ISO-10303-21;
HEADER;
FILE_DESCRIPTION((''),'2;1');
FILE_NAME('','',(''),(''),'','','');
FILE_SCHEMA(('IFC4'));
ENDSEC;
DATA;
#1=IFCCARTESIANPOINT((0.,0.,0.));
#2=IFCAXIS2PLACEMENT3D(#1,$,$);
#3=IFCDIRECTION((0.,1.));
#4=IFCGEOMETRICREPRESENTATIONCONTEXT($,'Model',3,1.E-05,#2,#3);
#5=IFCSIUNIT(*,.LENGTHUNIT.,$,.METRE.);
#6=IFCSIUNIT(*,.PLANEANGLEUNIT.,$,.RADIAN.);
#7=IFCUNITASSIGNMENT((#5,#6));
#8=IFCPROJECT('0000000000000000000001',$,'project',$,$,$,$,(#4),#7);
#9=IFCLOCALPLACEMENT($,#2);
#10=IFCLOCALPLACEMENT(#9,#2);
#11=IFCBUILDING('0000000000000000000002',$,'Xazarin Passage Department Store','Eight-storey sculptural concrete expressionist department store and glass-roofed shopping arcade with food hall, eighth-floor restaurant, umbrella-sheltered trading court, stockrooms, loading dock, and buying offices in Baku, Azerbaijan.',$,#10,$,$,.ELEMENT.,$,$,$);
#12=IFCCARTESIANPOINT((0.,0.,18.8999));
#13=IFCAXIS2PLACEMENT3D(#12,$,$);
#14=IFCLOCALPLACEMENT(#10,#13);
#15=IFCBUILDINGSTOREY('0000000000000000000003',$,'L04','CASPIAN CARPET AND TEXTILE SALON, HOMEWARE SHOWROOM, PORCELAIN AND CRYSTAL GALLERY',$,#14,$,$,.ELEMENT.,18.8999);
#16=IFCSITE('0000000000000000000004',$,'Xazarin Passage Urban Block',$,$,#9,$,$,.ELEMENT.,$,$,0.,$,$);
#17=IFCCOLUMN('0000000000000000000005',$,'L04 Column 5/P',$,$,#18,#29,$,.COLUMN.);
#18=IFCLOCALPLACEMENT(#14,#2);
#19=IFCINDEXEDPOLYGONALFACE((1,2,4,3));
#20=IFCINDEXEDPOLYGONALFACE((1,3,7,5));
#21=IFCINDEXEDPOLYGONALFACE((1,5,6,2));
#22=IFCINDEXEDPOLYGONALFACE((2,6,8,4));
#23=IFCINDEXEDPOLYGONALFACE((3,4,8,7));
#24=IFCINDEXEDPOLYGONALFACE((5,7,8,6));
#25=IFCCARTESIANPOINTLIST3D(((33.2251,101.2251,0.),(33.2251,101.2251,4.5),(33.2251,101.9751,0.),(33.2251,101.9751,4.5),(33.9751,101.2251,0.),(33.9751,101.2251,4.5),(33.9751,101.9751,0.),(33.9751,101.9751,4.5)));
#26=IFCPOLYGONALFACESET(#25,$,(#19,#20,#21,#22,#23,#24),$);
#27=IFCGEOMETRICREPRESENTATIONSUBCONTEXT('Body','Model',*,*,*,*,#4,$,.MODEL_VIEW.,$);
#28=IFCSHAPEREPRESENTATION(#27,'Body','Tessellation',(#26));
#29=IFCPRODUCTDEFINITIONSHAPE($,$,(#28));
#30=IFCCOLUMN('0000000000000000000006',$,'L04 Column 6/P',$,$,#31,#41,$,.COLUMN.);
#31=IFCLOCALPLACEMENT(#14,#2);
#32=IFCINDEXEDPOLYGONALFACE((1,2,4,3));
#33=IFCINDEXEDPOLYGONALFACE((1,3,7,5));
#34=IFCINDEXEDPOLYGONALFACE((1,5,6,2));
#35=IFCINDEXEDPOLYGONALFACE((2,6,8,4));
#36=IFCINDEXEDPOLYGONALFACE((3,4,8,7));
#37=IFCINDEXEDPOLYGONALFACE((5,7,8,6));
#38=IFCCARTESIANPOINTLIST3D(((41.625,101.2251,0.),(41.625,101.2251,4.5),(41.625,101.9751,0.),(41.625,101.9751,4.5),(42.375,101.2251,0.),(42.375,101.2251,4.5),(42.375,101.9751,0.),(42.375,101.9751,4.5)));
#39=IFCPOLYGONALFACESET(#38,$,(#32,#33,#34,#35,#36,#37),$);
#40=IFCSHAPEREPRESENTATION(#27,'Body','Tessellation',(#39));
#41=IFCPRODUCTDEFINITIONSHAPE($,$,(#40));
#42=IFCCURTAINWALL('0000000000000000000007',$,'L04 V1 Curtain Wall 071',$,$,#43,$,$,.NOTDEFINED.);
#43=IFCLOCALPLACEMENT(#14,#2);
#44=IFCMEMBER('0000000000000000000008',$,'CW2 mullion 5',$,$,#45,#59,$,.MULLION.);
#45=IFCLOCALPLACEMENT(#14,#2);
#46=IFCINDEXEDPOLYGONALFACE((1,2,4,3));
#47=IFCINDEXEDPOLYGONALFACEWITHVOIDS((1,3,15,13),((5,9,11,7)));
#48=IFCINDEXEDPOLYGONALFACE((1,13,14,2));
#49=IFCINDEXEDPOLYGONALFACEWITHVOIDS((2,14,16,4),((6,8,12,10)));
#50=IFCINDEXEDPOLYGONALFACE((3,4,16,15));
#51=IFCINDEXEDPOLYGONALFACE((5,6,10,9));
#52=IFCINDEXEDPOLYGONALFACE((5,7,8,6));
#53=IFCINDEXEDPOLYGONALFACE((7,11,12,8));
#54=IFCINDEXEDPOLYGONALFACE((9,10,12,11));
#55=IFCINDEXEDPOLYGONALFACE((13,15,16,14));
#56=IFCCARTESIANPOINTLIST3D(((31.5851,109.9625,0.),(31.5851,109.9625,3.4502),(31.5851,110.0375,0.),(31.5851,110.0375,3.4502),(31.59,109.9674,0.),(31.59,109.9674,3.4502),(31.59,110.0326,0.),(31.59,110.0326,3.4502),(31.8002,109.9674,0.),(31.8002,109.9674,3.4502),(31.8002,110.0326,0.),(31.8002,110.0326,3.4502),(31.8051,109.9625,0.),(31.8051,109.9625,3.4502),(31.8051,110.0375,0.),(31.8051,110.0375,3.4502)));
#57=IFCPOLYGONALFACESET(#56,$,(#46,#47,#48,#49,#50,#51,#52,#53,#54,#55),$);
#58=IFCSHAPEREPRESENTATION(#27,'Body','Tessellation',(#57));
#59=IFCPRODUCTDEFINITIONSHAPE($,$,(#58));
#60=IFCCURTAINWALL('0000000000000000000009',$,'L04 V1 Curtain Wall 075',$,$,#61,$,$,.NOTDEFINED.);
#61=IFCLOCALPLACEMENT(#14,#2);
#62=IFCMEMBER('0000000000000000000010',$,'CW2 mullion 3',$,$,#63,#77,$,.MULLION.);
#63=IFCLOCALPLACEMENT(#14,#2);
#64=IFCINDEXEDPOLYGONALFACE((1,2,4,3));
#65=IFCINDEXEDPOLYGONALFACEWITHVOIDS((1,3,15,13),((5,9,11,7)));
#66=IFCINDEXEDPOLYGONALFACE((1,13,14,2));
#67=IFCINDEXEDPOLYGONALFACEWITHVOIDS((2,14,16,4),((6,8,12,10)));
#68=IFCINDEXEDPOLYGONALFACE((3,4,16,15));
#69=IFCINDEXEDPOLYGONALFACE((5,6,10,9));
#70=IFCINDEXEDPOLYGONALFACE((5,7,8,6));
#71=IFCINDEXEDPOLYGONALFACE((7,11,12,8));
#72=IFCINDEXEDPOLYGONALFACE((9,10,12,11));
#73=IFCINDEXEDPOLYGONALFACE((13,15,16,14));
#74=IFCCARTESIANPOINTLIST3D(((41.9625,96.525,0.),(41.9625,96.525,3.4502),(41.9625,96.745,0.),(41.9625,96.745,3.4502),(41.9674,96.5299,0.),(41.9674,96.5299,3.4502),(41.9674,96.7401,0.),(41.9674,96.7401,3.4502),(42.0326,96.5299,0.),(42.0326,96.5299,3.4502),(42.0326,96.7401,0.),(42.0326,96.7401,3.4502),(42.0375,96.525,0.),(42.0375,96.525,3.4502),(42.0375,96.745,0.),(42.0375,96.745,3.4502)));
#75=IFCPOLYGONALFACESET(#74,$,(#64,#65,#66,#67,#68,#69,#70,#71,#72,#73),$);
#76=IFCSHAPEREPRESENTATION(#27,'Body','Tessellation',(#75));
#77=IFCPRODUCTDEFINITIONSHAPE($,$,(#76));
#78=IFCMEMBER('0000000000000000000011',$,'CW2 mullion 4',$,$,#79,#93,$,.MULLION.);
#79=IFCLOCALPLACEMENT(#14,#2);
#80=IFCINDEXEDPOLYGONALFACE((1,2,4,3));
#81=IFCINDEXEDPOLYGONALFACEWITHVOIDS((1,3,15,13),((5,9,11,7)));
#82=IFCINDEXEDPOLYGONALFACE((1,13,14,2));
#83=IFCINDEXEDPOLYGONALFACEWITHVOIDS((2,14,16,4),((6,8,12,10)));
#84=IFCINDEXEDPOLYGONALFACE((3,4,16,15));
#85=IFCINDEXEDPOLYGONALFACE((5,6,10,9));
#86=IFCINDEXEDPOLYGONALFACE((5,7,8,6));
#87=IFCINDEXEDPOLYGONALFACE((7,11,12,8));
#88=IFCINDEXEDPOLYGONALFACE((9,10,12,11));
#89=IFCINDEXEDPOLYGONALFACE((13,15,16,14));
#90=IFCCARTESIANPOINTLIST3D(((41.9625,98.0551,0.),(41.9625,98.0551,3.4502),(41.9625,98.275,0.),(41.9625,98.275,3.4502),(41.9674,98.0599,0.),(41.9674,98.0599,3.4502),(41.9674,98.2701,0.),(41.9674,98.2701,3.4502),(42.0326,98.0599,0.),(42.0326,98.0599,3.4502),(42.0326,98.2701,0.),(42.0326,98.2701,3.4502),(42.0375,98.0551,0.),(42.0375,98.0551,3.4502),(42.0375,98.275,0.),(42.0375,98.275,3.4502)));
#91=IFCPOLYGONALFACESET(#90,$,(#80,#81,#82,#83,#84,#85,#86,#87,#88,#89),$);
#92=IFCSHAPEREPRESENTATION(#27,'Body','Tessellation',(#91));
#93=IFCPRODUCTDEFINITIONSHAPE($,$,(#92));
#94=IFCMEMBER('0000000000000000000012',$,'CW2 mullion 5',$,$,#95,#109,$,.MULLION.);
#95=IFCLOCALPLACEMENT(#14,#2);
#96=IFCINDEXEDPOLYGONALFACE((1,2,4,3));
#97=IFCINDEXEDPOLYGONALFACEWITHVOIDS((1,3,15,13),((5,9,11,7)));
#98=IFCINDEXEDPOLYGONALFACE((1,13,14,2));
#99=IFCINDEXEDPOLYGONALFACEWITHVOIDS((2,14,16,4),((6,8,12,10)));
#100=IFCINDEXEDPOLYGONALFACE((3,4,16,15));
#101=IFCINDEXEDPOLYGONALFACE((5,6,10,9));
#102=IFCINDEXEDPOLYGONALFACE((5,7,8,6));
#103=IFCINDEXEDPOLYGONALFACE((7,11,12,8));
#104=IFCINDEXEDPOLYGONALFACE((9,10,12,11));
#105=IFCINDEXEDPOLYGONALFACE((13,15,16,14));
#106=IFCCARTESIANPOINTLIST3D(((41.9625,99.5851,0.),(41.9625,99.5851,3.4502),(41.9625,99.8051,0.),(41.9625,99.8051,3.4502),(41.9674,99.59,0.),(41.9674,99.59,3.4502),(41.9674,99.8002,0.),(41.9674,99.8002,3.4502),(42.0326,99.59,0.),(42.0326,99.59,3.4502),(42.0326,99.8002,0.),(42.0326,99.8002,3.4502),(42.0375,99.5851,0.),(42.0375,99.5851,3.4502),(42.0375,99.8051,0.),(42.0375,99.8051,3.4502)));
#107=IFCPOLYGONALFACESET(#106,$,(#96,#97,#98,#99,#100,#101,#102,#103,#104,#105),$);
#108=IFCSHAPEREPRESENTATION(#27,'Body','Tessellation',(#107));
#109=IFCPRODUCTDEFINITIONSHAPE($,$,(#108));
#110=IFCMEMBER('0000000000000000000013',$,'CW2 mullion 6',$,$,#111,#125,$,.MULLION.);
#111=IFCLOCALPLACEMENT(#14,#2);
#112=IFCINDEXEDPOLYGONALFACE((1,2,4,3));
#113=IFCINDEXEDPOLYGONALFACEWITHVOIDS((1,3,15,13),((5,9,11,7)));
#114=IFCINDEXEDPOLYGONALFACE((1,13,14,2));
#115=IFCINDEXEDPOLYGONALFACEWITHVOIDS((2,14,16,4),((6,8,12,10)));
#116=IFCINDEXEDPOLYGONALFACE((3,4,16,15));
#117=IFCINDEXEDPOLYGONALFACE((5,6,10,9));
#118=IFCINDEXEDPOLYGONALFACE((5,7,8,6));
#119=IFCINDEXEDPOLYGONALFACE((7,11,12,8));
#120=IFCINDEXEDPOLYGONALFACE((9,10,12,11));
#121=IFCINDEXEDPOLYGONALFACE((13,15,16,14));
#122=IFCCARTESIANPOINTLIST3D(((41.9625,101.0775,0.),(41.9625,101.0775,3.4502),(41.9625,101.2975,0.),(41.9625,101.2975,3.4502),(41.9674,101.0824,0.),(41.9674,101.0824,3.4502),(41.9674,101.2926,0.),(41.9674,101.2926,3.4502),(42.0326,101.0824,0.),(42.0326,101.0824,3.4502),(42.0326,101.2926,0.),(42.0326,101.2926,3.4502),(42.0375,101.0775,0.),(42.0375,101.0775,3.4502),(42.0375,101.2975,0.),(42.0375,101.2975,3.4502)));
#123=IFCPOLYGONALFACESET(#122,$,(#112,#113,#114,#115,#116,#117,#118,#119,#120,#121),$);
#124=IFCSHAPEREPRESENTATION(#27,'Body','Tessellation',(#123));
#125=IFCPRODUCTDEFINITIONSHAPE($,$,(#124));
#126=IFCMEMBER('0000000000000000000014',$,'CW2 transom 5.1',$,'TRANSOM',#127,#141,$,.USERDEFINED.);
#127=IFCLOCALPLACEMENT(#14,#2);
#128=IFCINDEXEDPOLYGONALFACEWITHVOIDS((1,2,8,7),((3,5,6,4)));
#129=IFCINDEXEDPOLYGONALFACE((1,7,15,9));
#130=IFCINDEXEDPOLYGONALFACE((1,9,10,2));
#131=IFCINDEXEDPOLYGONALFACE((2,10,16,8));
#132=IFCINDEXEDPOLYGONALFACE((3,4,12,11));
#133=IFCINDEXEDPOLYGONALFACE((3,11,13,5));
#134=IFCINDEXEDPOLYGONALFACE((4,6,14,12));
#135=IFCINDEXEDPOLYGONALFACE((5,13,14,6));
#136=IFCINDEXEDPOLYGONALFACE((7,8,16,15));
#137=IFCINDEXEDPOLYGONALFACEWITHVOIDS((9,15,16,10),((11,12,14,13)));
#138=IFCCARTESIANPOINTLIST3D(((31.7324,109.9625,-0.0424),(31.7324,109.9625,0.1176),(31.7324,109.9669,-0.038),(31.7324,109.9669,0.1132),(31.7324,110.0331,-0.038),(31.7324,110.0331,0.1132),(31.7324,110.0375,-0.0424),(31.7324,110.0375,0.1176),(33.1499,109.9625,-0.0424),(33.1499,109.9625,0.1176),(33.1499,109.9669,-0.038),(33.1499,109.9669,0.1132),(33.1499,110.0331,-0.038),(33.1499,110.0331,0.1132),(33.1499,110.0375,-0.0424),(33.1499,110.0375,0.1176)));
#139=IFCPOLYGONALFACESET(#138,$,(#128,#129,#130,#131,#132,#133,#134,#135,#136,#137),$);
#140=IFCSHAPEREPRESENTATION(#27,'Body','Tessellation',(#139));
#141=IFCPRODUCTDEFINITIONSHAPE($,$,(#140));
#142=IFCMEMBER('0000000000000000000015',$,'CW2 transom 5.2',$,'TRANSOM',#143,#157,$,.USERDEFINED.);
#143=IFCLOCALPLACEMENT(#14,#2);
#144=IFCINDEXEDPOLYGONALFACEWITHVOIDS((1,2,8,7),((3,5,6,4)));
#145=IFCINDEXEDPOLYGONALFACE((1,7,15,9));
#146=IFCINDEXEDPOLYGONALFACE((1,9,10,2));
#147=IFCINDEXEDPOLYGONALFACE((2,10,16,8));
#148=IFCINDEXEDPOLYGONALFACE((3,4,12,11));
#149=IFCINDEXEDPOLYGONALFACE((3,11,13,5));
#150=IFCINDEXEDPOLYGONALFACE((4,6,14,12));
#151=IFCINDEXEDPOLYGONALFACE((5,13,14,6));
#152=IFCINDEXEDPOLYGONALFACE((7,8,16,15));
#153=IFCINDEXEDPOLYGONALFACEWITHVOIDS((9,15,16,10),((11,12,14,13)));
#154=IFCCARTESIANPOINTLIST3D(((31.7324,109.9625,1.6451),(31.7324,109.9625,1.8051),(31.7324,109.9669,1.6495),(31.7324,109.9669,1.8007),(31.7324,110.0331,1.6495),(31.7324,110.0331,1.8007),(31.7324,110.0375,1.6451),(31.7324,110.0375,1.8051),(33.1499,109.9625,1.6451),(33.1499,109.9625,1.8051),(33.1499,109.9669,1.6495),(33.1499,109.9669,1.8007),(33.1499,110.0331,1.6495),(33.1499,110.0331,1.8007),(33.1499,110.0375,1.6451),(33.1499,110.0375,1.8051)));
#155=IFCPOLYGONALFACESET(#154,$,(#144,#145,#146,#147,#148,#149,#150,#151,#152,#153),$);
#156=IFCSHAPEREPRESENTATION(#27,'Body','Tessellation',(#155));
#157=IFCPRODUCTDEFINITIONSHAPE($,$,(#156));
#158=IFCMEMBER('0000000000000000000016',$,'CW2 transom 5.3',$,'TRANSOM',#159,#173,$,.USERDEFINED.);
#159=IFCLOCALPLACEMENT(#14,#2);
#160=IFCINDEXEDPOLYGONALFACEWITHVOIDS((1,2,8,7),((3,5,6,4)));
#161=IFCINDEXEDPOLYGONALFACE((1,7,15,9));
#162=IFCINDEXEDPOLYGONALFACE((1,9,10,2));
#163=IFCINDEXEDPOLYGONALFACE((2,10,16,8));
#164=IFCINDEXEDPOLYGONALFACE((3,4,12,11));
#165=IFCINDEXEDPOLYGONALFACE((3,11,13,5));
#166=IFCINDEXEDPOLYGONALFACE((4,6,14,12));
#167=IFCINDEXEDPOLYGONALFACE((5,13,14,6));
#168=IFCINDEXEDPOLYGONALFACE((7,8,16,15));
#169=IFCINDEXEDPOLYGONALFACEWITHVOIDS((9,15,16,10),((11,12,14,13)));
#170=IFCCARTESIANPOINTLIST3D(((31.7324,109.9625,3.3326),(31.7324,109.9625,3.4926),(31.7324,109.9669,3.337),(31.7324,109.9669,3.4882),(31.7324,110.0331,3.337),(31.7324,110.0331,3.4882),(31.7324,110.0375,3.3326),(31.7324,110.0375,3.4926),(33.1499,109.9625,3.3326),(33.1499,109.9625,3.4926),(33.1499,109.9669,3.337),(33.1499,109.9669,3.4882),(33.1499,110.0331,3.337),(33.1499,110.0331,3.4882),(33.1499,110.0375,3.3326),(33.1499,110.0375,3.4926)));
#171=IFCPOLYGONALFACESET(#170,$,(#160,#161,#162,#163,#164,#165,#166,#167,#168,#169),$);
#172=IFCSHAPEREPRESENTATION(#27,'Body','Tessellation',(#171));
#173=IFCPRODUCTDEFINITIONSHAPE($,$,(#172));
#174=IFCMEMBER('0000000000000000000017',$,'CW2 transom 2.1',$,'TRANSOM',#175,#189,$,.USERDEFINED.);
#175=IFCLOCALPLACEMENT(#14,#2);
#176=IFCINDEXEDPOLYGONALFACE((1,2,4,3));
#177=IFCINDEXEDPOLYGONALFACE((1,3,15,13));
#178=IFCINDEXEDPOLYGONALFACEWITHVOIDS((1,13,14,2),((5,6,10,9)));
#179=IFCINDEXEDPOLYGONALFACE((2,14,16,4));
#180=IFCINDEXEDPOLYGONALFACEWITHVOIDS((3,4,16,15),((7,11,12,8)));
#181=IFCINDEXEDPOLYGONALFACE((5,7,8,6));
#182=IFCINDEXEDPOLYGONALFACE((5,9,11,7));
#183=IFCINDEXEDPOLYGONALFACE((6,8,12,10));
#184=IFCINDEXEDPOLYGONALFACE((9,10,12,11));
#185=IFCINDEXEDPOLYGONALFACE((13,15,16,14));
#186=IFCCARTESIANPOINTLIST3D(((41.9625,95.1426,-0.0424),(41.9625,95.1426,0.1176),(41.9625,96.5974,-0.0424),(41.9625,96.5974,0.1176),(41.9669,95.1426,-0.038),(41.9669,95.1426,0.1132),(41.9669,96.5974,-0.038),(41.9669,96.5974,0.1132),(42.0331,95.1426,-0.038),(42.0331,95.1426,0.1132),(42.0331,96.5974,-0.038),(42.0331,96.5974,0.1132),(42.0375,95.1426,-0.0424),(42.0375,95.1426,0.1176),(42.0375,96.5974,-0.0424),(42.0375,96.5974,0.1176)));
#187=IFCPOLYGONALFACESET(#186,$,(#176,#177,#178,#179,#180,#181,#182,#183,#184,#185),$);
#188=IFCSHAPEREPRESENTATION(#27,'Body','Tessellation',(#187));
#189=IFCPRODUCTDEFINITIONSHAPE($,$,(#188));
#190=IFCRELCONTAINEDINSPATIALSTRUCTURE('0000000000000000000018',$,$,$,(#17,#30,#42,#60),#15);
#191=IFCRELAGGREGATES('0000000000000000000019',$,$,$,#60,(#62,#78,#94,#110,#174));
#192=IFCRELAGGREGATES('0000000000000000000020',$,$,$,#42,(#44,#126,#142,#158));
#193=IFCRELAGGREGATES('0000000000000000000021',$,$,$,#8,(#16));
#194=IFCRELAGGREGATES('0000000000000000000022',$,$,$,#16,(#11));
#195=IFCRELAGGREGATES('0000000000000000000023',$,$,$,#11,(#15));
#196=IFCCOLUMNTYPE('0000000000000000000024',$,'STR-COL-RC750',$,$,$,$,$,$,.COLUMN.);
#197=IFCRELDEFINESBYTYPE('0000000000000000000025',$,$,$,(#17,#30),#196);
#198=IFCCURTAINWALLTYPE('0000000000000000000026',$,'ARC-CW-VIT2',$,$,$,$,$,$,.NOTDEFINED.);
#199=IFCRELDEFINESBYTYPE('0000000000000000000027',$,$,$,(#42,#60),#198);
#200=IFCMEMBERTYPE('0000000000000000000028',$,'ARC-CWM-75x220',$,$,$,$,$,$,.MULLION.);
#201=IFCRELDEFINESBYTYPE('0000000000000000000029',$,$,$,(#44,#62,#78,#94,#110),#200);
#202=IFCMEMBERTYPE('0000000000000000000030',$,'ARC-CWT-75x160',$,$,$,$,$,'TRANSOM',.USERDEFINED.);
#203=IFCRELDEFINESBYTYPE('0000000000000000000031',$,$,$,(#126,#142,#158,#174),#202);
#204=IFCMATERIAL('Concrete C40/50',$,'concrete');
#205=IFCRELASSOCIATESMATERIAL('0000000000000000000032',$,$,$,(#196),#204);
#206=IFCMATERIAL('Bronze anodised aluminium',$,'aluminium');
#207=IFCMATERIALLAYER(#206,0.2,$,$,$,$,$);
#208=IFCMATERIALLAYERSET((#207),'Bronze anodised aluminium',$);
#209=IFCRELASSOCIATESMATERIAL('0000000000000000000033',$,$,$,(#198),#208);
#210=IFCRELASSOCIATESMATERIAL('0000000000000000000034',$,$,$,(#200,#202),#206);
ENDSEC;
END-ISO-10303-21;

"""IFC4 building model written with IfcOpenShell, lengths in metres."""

from ifc_helpers import new_model, si_unit, direction, frame, origin, origin_2d, place, context, subcontext, project, spatial, rectangle, hollow_rectangle, extrude, material, layer, layer_set, material_profile, profile_set, type_object, element, aggregate, save


model = new_model("IFC4")

# Units and contexts
model_context = context("Model", 3, precision=1e-05, world=origin(), true_north=direction((0.0, 1.0)))
body_context = subcontext(model_context, "Body", "Model", "MODEL_VIEW")
ifc_project = project(units=[si_unit("LENGTHUNIT", "METRE"), si_unit("PLANEANGLEUNIT", "RADIAN")], contexts=[model_context])

# Site, building, storey
site_placement = place(None, origin())
site = spatial("IfcSite", under=ifc_project, at=site_placement, Name="Xazarin Passage Urban Block", CompositionType="ELEMENT", RefElevation=0.0)
building_placement = place(site_placement, origin())
building = spatial("IfcBuilding", under=site, at=building_placement, Name="Xazarin Passage Department Store", Description="Eight-storey sculptural concrete expressionist department store and glass-roofed shopping arcade with food hall, eighth-floor restaurant, umbrella-sheltered trading court, stockrooms, loading dock, and buying offices in Baku, Azerbaijan.", CompositionType="ELEMENT")
storey_placement = place(building_placement, frame((0.0, 0.0, 18.8999)))
storey = spatial("IfcBuildingStorey", under=building, at=storey_placement, Name="L04", Description="CASPIAN CARPET AND TEXTILE SALON, HOMEWARE SHOWROOM, PORCELAIN AND CRYSTAL GALLERY", CompositionType="ELEMENT", Elevation=18.8999)

# Columns
ifc_material_1 = material(Name="Concrete C40/50", Category="concrete")
ifc_material_profile_1 = material_profile(ifc_material_1, rectangle(XDim=0.75, YDim=0.75, at=origin_2d()), Name="RC 750x750")
ifc_profile_set_1 = profile_set([ifc_material_profile_1], Name="Concrete C40/50")
column_type = type_object("IfcColumnType", Name="STR-COL-RC750", PredefinedType="COLUMN", material=ifc_profile_set_1)
for number, where, z_axis, x_axis, name in (
    (1, (33.6001, 101.6001, 0.0), (0.0, 0.0, 1.0), (1.0, 0.0, 0.0), "L04 Column 5/P"),
    (2, (42.0, 101.6001, 0.0), (0.0, 0.0, 1.0), (1.0, 0.0, 0.0), "L04 Column 6/P"),
):
    element("IfcColumn", number, at=place(storey_placement, frame(where, z_axis=z_axis, x_axis=x_axis)), inside=storey, type_object=column_type, Name=name, PredefinedType="COLUMN", context=body_context, shape_type="SweptSolid", body=[
        extrude(rectangle(XDim=0.75, YDim=0.75, at=origin_2d()), origin(), (0.0, 0.0, 1.0), 4.5),
    ])

# Curtain wall, member
ifc_material_2 = material(Name="Bronze anodised aluminium", Category="aluminium")
ifc_layer_1 = layer(ifc_material_2, 0.2)
ifc_layer_set_1 = layer_set([ifc_layer_1], Name="Bronze anodised aluminium")
curtain_wall_type = type_object("IfcCurtainWallType", Name="ARC-CW-VIT2", PredefinedType="NOTDEFINED", material=ifc_layer_set_1)
curtain_wall_1_placement = place(storey_placement, origin())
curtain_wall_1 = element("IfcCurtainWall", 3, at=curtain_wall_1_placement, inside=storey, type_object=curtain_wall_type, Name="L04 V1 Curtain Wall 071", PredefinedType="NOTDEFINED")
ifc_material_profile_2 = material_profile(ifc_material_2, hollow_rectangle(XDim=0.075, YDim=0.22, WallThickness=0.0049, at=origin_2d()), Name="ALU 75x220")
ifc_profile_set_2 = profile_set([ifc_material_profile_2], Name="Bronze anodised aluminium")
member_type_1 = type_object("IfcMemberType", Name="ARC-CWM-75x220", PredefinedType="MULLION", material=ifc_profile_set_2)
member_1_placement = place(storey_placement, frame((31.6951, 110.0, 0.0), z_axis=(0.0, 0.0, 1.0), x_axis=(0.0, 1.0, 0.0)))
member_1 = element("IfcMember", 4, at=member_1_placement, type_object=member_type_1, Name="CW2 mullion 5", PredefinedType="MULLION", context=body_context, shape_type="SweptSolid", body=[
    extrude(hollow_rectangle(XDim=0.075, YDim=0.22, WallThickness=0.0049, at=origin_2d()), origin(), (0.0, 0.0, 1.0), 3.4502),
])

# Curtain wall, members
curtain_wall_2_placement = place(storey_placement, origin())
curtain_wall_2 = element("IfcCurtainWall", 5, at=curtain_wall_2_placement, inside=storey, type_object=curtain_wall_type, Name="L04 V1 Curtain Wall 075", PredefinedType="NOTDEFINED")
member_2_placement = place(storey_placement, frame((42.0, 96.635, 0.0), z_axis=(0.0, 0.0, 1.0), x_axis=(-1.0, 0.0, 0.0)))
member_2 = element("IfcMember", 6, at=member_2_placement, type_object=member_type_1, Name="CW2 mullion 3", PredefinedType="MULLION", context=body_context, shape_type="SweptSolid", body=[
    extrude(hollow_rectangle(XDim=0.075, YDim=0.22, WallThickness=0.0049, at=origin_2d()), origin(), (0.0, 0.0, 1.0), 3.4502),
])
member_3_placement = place(storey_placement, frame((42.0, 98.165, 0.0), z_axis=(0.0, 0.0, 1.0), x_axis=(-1.0, 0.0, 0.0)))
member_3 = element("IfcMember", 7, at=member_3_placement, type_object=member_type_1, Name="CW2 mullion 4", PredefinedType="MULLION", context=body_context, shape_type="SweptSolid", body=[
    extrude(hollow_rectangle(XDim=0.075, YDim=0.22, WallThickness=0.0049, at=origin_2d()), origin(), (0.0, 0.0, 1.0), 3.4502),
])
member_4_placement = place(storey_placement, frame((42.0, 99.6951, 0.0), z_axis=(0.0, 0.0, 1.0), x_axis=(-1.0, 0.0, 0.0)))
member_4 = element("IfcMember", 8, at=member_4_placement, type_object=member_type_1, Name="CW2 mullion 5", PredefinedType="MULLION", context=body_context, shape_type="SweptSolid", body=[
    extrude(hollow_rectangle(XDim=0.075, YDim=0.22, WallThickness=0.0049, at=origin_2d()), origin(), (0.0, 0.0, 1.0), 3.4502),
])
member_5_placement = place(storey_placement, frame((42.0, 101.1875, 0.0), z_axis=(0.0, 0.0, 1.0), x_axis=(-1.0, 0.0, 0.0)))
member_5 = element("IfcMember", 9, at=member_5_placement, type_object=member_type_1, Name="CW2 mullion 6", PredefinedType="MULLION", context=body_context, shape_type="SweptSolid", body=[
    extrude(hollow_rectangle(XDim=0.075, YDim=0.22, WallThickness=0.0049, at=origin_2d()), origin(), (0.0, 0.0, 1.0), 3.4502),
])

# Members
ifc_material_profile_3 = material_profile(ifc_material_2, hollow_rectangle(XDim=0.075, YDim=0.1599, WallThickness=0.0044, at=origin_2d()), Name="ALU 75x160")
ifc_profile_set_3 = profile_set([ifc_material_profile_3], Name="Bronze anodised aluminium")
member_type_2 = type_object("IfcMemberType", Name="ARC-CWT-75x160", ElementType="TRANSOM", PredefinedType="USERDEFINED", material=ifc_profile_set_3)
member_6_placement = place(storey_placement, frame((31.7324, 110.0, 0.0376), z_axis=(1.0, 0.0, 0.0), x_axis=(0.0, 1.0, 0.0)))
member_6 = element("IfcMember", 10, at=member_6_placement, type_object=member_type_2, Name="CW2 transom 5.1", ObjectType="TRANSOM", PredefinedType="USERDEFINED", context=body_context, shape_type="SweptSolid", body=[
    extrude(hollow_rectangle(XDim=0.075, YDim=0.1599, WallThickness=0.0044, at=origin_2d()), origin(), (0.0, 0.0, 1.0), 1.4175),
])
member_7_placement = place(storey_placement, frame((31.7324, 110.0, 1.7251), z_axis=(1.0, 0.0, 0.0), x_axis=(0.0, 1.0, 0.0)))
member_7 = element("IfcMember", 11, at=member_7_placement, type_object=member_type_2, Name="CW2 transom 5.2", ObjectType="TRANSOM", PredefinedType="USERDEFINED", context=body_context, shape_type="SweptSolid", body=[
    extrude(hollow_rectangle(XDim=0.075, YDim=0.1599, WallThickness=0.0044, at=origin_2d()), origin(), (0.0, 0.0, 1.0), 1.4175),
])
member_8_placement = place(storey_placement, frame((31.7324, 110.0, 3.4126), z_axis=(1.0, 0.0, 0.0), x_axis=(0.0, 1.0, 0.0)))
member_8 = element("IfcMember", 12, at=member_8_placement, type_object=member_type_2, Name="CW2 transom 5.3", ObjectType="TRANSOM", PredefinedType="USERDEFINED", context=body_context, shape_type="SweptSolid", body=[
    extrude(hollow_rectangle(XDim=0.075, YDim=0.1599, WallThickness=0.0044, at=origin_2d()), origin(), (0.0, 0.0, 1.0), 1.4175),
])
member_9_placement = place(storey_placement, frame((42.0, 95.1426, 0.0376), z_axis=(0.0, 1.0, 0.0), x_axis=(-1.0, 0.0, 0.0)))
member_9 = element("IfcMember", 13, at=member_9_placement, type_object=member_type_2, Name="CW2 transom 2.1", ObjectType="TRANSOM", PredefinedType="USERDEFINED", context=body_context, shape_type="SweptSolid", body=[
    extrude(hollow_rectangle(XDim=0.075, YDim=0.1599, WallThickness=0.0044, at=origin_2d()), origin(), (0.0, 0.0, 1.0), 1.4548),
])
aggregate(curtain_wall_2, [member_2, member_3, member_4, member_5, member_9])

aggregate(curtain_wall_1, [member_1, member_6, member_7, member_8])

save(model, "model.ifc")
